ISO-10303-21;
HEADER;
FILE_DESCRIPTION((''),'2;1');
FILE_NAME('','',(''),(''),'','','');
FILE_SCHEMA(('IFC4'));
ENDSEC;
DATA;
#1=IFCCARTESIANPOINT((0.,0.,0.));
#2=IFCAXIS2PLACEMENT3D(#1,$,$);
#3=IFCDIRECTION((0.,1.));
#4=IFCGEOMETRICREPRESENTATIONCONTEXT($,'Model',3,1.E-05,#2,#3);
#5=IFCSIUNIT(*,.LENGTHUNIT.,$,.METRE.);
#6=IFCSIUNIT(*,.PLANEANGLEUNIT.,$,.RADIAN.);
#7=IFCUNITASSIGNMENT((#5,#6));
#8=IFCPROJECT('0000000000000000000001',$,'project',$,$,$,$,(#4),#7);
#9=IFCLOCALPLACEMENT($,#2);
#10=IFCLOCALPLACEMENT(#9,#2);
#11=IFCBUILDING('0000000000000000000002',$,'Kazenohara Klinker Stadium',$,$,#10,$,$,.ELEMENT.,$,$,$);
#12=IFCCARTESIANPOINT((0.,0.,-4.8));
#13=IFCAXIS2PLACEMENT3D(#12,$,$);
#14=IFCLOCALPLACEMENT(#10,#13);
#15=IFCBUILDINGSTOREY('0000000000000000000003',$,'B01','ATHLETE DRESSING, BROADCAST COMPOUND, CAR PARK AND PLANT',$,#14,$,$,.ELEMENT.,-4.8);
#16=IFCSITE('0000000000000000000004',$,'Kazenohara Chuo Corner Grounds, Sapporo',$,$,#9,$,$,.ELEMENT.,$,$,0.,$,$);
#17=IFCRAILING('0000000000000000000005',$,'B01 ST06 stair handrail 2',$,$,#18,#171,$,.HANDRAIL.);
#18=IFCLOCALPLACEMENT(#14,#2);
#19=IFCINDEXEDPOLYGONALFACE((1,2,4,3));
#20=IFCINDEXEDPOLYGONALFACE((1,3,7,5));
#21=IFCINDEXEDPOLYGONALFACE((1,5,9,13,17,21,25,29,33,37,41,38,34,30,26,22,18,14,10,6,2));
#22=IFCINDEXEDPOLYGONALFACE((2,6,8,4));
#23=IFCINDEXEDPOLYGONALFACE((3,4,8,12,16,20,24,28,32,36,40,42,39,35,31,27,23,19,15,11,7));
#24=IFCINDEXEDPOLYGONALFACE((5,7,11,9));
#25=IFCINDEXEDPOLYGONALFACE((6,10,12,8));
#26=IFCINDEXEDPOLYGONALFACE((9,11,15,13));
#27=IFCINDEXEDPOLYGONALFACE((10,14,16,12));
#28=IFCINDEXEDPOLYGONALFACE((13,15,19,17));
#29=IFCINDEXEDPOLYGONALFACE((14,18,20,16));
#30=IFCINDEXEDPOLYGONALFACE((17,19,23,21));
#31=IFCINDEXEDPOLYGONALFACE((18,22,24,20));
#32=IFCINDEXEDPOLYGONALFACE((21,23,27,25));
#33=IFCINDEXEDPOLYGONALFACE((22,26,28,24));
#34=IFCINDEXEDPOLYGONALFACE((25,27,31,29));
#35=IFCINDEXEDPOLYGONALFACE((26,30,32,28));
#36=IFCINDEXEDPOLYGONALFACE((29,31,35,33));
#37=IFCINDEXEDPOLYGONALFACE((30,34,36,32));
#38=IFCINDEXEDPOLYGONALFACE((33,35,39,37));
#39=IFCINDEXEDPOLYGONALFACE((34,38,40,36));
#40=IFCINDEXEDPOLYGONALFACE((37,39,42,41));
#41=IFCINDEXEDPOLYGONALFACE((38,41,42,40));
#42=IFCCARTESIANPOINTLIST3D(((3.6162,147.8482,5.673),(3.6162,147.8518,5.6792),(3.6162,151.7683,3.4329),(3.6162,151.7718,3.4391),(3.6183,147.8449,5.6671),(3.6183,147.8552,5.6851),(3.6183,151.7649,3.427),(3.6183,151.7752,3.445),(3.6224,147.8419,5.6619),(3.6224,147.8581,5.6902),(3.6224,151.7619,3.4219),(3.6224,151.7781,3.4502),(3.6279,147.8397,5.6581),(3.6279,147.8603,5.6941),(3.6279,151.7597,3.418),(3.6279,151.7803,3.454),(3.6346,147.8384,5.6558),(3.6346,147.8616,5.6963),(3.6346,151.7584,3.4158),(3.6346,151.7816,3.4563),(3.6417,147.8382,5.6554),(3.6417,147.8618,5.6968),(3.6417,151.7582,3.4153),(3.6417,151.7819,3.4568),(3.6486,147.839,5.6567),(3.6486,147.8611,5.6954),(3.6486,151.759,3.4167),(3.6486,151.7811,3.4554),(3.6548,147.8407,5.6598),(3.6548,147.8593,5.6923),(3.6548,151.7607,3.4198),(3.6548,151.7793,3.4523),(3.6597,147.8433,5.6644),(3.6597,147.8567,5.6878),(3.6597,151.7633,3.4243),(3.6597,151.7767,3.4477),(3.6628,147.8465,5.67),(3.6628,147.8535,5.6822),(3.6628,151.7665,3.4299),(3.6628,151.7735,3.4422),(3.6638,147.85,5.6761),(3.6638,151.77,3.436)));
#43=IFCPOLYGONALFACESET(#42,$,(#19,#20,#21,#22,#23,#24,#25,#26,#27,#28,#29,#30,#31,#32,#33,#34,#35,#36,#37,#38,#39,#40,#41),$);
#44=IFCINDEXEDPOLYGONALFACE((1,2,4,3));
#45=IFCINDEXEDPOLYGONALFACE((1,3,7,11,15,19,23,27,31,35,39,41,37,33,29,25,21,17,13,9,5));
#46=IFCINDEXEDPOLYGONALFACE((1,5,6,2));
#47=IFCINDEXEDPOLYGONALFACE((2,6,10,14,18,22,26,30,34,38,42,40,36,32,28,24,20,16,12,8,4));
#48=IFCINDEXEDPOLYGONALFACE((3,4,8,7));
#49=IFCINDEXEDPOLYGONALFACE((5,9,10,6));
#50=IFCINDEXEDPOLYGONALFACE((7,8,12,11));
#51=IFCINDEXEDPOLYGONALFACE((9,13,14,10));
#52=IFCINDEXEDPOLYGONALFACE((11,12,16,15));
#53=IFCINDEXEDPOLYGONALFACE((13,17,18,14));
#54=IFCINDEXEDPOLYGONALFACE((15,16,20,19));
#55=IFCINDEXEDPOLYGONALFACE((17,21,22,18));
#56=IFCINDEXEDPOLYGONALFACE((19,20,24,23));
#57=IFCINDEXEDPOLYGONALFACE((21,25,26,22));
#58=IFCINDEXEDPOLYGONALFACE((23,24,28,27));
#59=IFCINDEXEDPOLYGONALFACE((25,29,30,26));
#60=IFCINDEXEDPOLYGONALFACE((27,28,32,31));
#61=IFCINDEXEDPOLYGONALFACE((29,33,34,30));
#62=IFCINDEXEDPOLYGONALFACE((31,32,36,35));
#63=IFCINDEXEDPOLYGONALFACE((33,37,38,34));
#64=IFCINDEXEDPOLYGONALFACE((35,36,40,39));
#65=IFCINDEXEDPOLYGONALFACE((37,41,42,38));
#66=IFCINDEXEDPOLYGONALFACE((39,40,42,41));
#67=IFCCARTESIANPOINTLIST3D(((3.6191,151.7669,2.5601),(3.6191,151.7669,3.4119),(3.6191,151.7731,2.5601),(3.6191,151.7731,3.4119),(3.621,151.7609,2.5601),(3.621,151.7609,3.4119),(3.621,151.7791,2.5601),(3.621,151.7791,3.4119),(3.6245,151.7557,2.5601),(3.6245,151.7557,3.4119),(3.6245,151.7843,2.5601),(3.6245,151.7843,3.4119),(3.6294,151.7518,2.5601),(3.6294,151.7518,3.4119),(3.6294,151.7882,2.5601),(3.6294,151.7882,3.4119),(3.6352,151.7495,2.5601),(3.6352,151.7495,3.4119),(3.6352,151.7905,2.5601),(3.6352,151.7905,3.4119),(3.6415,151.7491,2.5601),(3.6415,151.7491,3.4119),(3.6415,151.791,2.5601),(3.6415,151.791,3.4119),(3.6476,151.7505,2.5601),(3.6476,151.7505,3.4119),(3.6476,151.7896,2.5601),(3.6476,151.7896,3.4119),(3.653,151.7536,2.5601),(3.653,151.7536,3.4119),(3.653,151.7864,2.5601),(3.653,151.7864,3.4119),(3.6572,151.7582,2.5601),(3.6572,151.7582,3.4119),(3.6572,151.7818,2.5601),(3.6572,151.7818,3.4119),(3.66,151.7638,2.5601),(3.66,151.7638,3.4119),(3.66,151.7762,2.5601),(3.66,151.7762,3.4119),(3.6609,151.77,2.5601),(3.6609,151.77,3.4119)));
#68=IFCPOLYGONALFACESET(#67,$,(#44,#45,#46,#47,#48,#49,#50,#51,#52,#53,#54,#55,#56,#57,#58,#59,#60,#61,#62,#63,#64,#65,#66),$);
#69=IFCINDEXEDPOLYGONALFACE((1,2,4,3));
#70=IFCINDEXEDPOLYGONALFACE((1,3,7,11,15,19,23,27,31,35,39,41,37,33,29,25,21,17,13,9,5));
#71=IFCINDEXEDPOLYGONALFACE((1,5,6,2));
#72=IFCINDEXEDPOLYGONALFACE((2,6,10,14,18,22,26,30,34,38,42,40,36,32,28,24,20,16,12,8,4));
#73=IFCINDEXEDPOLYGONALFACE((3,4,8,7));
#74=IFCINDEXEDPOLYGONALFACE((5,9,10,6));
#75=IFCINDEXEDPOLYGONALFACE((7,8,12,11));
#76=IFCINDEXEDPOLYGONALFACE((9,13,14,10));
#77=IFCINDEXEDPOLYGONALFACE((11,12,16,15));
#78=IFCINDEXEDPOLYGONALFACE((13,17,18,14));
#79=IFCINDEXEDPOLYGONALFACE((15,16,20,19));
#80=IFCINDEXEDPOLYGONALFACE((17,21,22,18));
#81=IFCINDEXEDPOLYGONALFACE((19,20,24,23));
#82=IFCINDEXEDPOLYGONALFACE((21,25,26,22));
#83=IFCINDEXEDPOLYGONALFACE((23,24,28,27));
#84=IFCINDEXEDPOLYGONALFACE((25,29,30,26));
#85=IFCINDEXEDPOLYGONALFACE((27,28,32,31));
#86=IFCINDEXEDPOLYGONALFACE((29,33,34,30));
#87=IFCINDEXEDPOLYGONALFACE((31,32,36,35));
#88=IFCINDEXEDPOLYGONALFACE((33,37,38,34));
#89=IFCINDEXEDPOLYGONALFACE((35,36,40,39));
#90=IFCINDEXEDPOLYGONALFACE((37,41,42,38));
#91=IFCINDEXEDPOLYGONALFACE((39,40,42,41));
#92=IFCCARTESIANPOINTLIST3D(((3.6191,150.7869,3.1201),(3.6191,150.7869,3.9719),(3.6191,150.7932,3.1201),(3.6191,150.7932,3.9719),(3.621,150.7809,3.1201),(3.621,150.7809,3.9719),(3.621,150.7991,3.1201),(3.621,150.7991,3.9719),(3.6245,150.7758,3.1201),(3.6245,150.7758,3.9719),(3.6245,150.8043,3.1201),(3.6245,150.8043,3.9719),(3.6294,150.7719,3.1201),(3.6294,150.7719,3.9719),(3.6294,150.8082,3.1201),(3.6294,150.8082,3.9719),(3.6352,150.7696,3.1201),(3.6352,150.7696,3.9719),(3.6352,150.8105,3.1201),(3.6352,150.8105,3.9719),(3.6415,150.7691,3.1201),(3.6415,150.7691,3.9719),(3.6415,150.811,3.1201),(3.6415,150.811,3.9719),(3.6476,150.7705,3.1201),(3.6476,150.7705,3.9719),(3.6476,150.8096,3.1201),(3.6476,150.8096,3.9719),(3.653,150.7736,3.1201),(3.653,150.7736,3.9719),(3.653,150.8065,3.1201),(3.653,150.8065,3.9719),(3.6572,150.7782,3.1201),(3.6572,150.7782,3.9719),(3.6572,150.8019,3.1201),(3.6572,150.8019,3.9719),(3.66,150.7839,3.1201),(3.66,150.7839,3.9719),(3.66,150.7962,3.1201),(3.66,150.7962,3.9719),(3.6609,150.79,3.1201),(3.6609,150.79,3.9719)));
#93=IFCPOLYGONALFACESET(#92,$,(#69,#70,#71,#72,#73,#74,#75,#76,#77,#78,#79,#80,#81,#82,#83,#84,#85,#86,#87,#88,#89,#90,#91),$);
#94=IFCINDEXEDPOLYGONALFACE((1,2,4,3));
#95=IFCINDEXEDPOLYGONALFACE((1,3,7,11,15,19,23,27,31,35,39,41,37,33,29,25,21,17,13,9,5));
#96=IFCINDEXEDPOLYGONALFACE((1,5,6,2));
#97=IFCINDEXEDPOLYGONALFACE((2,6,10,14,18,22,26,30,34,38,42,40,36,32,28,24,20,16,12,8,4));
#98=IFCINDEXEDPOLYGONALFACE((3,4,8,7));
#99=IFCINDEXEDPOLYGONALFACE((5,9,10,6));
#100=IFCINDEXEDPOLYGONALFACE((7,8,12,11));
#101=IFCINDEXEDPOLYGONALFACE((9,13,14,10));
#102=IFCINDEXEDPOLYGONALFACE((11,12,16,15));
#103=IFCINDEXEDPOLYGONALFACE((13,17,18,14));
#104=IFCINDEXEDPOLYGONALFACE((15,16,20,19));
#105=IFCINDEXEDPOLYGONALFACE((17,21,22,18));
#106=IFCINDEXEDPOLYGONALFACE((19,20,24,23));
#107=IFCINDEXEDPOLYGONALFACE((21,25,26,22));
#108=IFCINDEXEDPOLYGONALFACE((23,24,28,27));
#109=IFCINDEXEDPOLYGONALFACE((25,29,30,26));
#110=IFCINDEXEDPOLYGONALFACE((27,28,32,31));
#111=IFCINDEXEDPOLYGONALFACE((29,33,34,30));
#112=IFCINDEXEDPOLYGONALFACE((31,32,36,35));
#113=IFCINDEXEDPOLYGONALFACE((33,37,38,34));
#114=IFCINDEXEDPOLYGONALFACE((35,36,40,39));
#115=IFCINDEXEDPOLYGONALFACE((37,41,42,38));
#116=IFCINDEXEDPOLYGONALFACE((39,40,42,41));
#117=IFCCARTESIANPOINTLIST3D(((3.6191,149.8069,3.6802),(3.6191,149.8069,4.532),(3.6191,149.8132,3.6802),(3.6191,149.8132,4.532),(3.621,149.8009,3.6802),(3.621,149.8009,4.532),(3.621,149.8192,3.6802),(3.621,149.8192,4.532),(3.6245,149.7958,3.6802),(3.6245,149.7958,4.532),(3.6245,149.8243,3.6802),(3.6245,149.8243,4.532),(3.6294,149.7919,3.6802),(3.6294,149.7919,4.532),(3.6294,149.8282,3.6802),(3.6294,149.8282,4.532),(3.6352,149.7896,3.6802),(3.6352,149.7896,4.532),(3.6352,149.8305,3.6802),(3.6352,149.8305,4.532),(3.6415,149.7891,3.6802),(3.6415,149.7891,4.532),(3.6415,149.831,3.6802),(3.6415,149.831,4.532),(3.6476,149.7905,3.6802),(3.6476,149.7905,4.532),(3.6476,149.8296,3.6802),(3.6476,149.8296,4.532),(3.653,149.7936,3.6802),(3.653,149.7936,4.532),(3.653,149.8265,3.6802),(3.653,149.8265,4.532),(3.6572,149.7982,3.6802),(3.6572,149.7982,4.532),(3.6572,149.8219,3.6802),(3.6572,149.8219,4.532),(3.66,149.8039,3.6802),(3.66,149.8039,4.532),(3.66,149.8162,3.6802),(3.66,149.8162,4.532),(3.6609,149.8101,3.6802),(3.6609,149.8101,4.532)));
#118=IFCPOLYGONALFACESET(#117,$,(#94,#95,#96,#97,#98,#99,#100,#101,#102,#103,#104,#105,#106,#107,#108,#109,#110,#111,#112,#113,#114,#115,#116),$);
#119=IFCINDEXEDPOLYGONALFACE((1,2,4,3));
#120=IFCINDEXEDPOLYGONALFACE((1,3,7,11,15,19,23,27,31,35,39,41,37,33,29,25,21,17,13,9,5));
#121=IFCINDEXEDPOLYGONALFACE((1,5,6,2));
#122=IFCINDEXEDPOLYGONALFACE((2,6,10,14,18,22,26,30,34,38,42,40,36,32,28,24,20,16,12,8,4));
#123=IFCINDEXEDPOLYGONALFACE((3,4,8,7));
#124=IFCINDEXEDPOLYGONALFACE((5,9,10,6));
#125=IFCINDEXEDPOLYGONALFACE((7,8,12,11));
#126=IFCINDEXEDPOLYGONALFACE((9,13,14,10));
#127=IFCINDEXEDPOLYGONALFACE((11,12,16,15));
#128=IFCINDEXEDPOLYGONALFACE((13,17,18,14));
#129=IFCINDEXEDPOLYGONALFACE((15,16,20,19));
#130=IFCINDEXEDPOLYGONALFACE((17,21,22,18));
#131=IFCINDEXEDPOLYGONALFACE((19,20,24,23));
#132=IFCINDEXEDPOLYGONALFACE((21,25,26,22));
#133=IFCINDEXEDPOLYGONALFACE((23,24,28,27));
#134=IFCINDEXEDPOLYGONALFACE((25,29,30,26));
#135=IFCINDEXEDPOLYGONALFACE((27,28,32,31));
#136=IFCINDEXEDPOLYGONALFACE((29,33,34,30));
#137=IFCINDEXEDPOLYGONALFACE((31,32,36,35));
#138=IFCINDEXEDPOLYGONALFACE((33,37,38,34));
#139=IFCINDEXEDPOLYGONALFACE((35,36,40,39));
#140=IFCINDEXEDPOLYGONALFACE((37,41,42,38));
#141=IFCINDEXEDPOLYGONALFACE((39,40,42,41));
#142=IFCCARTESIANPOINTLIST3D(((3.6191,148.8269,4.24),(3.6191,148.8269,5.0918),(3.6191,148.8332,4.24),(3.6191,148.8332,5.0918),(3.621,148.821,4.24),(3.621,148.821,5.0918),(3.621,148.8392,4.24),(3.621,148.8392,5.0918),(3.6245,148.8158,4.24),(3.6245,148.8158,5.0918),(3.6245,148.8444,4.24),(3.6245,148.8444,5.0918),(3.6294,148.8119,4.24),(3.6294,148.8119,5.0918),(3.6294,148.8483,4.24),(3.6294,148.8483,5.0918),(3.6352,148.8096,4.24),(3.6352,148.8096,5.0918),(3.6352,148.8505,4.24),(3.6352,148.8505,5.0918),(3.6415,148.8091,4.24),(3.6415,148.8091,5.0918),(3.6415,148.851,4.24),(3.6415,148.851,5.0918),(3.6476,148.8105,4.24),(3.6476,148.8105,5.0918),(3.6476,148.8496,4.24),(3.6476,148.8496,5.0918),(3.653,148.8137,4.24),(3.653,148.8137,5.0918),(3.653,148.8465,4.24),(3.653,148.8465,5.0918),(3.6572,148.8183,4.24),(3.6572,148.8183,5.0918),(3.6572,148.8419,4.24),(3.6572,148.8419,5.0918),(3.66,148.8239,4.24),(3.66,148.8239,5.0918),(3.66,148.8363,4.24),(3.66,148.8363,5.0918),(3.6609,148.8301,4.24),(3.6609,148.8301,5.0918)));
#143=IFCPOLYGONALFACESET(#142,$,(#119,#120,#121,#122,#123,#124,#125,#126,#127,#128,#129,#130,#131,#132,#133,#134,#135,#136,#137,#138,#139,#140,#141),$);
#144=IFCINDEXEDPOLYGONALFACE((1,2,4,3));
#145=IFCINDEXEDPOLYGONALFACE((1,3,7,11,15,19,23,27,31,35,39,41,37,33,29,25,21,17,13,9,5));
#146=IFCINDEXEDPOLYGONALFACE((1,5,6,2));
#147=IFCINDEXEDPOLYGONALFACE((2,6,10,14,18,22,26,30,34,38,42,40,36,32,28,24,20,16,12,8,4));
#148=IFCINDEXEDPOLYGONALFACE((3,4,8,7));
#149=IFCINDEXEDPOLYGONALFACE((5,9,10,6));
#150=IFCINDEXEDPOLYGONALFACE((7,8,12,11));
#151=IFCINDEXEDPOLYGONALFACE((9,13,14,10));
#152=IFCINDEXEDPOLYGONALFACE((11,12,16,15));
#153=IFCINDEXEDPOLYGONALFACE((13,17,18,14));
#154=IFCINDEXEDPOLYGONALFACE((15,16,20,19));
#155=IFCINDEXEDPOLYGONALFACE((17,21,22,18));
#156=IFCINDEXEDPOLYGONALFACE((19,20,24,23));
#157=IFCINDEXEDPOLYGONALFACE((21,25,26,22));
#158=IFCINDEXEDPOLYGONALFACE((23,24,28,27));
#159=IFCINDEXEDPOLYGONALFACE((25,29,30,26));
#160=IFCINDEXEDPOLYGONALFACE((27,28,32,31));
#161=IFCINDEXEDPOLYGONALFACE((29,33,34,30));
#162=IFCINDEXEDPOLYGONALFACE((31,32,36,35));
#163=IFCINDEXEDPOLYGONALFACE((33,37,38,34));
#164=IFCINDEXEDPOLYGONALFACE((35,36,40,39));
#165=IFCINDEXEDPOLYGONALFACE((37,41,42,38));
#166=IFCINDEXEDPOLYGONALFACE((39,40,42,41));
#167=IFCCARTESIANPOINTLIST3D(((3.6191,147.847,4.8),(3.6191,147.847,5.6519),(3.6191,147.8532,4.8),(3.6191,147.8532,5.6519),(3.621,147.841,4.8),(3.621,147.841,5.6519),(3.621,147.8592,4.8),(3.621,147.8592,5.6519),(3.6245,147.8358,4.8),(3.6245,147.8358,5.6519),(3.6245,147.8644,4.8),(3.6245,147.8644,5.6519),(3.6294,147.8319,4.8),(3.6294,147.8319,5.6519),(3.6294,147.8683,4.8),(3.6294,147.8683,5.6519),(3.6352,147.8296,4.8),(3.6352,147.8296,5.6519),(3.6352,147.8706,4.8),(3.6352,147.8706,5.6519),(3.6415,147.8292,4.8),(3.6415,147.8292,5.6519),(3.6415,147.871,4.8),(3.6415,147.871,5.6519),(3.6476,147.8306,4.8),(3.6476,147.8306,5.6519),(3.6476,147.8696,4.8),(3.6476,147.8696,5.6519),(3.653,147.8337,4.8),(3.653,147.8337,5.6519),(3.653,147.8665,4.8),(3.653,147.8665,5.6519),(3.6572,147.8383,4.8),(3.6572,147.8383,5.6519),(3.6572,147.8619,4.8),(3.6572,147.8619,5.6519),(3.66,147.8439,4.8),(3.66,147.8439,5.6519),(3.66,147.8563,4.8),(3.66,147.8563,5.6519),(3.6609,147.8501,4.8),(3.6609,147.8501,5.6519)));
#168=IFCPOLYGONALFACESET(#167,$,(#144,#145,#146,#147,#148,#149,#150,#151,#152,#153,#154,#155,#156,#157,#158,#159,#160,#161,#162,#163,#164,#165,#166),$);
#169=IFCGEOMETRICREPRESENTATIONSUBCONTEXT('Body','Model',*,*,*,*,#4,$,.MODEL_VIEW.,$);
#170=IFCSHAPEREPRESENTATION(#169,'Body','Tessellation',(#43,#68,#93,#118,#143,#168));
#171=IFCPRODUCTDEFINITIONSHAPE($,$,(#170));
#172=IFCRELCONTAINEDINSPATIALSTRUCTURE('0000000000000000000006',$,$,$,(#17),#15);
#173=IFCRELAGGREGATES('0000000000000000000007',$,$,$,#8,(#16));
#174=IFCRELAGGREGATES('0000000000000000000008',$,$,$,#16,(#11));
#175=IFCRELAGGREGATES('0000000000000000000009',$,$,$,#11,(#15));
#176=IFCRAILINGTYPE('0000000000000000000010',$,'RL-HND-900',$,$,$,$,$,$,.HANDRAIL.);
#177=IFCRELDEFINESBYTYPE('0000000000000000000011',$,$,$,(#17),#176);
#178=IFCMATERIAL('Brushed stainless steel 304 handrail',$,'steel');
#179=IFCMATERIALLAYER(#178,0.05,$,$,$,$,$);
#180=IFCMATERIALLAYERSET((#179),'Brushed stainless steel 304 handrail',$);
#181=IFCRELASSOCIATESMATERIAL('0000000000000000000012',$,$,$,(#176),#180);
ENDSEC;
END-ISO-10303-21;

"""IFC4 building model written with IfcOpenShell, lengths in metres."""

from ifc_helpers import new_model, si_unit, direction, frame, origin, origin_2d, place, context, subcontext, project, spatial, circle, extrude, material, layer, layer_set, type_object, element, save


model = new_model("IFC4")

# Units and contexts
model_context = context("Model", 3, precision=1e-05, world=origin(), true_north=direction((0.0, 1.0)))
body_context = subcontext(model_context, "Body", "Model", "MODEL_VIEW")
ifc_project = project(units=[si_unit("LENGTHUNIT", "METRE"), si_unit("PLANEANGLEUNIT", "RADIAN")], contexts=[model_context])

# Site, building, storey
site_placement = place(None, origin())
site = spatial("IfcSite", under=ifc_project, at=site_placement, Name="Kazenohara Chuo Corner Grounds, Sapporo", CompositionType="ELEMENT", RefElevation=0.0)
building_placement = place(site_placement, origin())
building = spatial("IfcBuilding", under=site, at=building_placement, Name="Kazenohara Klinker Stadium", CompositionType="ELEMENT")
storey_placement = place(building_placement, frame((0.0, 0.0, -4.8)))
storey = spatial("IfcBuildingStorey", under=building, at=storey_placement, Name="B01", Description="ATHLETE DRESSING, BROADCAST COMPOUND, CAR PARK AND PLANT", CompositionType="ELEMENT", Elevation=-4.8)

# Railing
ifc_material_1 = material(Name="Brushed stainless steel 304 handrail", Category="steel")
ifc_layer_1 = layer(ifc_material_1, 0.05)
ifc_layer_set_1 = layer_set([ifc_layer_1], Name="Brushed stainless steel 304 handrail")
railing_type_1 = type_object("IfcRailingType", Name="RL-HND-900", PredefinedType="HANDRAIL", material=ifc_layer_set_1)
railing_1_placement = place(storey_placement, frame((3.6399, 151.77, 2.5601)))
element("IfcRailing", 1, at=railing_1_placement, inside=storey, type_object=railing_type_1, Name="B01 ST06 stair handrail 2", PredefinedType="HANDRAIL", context=body_context, shape_type="SweptSolid", body=[
    extrude(circle(Radius=0.0239, at=origin_2d()), frame((0.0, 0.0, 0.876), z_axis=(0.0, -0.86824, 0.496145), x_axis=(1.0, 0.0, 0.0)), (0.0, 0.0, 1.0), 4.5149),
    extrude(circle(Radius=0.021, at=origin_2d()), origin(), (0.0, 0.0, 1.0), 0.8518),
    extrude(circle(Radius=0.021, at=origin_2d()), frame((0.0, -0.98, 0.5601)), (0.0, 0.0, 1.0), 0.8518),
    extrude(circle(Radius=0.021, at=origin_2d()), frame((0.0, -1.96, 1.1201)), (0.0, 0.0, 1.0), 0.8518),
    extrude(circle(Radius=0.021, at=origin_2d()), frame((0.0, -2.9399, 1.6799)), (0.0, 0.0, 1.0), 0.8518),
    extrude(circle(Radius=0.021, at=origin_2d()), frame((0.0, -3.9199, 2.24)), (0.0, 0.0, 1.0), 0.8518),
])

save(model, "model.ifc")
